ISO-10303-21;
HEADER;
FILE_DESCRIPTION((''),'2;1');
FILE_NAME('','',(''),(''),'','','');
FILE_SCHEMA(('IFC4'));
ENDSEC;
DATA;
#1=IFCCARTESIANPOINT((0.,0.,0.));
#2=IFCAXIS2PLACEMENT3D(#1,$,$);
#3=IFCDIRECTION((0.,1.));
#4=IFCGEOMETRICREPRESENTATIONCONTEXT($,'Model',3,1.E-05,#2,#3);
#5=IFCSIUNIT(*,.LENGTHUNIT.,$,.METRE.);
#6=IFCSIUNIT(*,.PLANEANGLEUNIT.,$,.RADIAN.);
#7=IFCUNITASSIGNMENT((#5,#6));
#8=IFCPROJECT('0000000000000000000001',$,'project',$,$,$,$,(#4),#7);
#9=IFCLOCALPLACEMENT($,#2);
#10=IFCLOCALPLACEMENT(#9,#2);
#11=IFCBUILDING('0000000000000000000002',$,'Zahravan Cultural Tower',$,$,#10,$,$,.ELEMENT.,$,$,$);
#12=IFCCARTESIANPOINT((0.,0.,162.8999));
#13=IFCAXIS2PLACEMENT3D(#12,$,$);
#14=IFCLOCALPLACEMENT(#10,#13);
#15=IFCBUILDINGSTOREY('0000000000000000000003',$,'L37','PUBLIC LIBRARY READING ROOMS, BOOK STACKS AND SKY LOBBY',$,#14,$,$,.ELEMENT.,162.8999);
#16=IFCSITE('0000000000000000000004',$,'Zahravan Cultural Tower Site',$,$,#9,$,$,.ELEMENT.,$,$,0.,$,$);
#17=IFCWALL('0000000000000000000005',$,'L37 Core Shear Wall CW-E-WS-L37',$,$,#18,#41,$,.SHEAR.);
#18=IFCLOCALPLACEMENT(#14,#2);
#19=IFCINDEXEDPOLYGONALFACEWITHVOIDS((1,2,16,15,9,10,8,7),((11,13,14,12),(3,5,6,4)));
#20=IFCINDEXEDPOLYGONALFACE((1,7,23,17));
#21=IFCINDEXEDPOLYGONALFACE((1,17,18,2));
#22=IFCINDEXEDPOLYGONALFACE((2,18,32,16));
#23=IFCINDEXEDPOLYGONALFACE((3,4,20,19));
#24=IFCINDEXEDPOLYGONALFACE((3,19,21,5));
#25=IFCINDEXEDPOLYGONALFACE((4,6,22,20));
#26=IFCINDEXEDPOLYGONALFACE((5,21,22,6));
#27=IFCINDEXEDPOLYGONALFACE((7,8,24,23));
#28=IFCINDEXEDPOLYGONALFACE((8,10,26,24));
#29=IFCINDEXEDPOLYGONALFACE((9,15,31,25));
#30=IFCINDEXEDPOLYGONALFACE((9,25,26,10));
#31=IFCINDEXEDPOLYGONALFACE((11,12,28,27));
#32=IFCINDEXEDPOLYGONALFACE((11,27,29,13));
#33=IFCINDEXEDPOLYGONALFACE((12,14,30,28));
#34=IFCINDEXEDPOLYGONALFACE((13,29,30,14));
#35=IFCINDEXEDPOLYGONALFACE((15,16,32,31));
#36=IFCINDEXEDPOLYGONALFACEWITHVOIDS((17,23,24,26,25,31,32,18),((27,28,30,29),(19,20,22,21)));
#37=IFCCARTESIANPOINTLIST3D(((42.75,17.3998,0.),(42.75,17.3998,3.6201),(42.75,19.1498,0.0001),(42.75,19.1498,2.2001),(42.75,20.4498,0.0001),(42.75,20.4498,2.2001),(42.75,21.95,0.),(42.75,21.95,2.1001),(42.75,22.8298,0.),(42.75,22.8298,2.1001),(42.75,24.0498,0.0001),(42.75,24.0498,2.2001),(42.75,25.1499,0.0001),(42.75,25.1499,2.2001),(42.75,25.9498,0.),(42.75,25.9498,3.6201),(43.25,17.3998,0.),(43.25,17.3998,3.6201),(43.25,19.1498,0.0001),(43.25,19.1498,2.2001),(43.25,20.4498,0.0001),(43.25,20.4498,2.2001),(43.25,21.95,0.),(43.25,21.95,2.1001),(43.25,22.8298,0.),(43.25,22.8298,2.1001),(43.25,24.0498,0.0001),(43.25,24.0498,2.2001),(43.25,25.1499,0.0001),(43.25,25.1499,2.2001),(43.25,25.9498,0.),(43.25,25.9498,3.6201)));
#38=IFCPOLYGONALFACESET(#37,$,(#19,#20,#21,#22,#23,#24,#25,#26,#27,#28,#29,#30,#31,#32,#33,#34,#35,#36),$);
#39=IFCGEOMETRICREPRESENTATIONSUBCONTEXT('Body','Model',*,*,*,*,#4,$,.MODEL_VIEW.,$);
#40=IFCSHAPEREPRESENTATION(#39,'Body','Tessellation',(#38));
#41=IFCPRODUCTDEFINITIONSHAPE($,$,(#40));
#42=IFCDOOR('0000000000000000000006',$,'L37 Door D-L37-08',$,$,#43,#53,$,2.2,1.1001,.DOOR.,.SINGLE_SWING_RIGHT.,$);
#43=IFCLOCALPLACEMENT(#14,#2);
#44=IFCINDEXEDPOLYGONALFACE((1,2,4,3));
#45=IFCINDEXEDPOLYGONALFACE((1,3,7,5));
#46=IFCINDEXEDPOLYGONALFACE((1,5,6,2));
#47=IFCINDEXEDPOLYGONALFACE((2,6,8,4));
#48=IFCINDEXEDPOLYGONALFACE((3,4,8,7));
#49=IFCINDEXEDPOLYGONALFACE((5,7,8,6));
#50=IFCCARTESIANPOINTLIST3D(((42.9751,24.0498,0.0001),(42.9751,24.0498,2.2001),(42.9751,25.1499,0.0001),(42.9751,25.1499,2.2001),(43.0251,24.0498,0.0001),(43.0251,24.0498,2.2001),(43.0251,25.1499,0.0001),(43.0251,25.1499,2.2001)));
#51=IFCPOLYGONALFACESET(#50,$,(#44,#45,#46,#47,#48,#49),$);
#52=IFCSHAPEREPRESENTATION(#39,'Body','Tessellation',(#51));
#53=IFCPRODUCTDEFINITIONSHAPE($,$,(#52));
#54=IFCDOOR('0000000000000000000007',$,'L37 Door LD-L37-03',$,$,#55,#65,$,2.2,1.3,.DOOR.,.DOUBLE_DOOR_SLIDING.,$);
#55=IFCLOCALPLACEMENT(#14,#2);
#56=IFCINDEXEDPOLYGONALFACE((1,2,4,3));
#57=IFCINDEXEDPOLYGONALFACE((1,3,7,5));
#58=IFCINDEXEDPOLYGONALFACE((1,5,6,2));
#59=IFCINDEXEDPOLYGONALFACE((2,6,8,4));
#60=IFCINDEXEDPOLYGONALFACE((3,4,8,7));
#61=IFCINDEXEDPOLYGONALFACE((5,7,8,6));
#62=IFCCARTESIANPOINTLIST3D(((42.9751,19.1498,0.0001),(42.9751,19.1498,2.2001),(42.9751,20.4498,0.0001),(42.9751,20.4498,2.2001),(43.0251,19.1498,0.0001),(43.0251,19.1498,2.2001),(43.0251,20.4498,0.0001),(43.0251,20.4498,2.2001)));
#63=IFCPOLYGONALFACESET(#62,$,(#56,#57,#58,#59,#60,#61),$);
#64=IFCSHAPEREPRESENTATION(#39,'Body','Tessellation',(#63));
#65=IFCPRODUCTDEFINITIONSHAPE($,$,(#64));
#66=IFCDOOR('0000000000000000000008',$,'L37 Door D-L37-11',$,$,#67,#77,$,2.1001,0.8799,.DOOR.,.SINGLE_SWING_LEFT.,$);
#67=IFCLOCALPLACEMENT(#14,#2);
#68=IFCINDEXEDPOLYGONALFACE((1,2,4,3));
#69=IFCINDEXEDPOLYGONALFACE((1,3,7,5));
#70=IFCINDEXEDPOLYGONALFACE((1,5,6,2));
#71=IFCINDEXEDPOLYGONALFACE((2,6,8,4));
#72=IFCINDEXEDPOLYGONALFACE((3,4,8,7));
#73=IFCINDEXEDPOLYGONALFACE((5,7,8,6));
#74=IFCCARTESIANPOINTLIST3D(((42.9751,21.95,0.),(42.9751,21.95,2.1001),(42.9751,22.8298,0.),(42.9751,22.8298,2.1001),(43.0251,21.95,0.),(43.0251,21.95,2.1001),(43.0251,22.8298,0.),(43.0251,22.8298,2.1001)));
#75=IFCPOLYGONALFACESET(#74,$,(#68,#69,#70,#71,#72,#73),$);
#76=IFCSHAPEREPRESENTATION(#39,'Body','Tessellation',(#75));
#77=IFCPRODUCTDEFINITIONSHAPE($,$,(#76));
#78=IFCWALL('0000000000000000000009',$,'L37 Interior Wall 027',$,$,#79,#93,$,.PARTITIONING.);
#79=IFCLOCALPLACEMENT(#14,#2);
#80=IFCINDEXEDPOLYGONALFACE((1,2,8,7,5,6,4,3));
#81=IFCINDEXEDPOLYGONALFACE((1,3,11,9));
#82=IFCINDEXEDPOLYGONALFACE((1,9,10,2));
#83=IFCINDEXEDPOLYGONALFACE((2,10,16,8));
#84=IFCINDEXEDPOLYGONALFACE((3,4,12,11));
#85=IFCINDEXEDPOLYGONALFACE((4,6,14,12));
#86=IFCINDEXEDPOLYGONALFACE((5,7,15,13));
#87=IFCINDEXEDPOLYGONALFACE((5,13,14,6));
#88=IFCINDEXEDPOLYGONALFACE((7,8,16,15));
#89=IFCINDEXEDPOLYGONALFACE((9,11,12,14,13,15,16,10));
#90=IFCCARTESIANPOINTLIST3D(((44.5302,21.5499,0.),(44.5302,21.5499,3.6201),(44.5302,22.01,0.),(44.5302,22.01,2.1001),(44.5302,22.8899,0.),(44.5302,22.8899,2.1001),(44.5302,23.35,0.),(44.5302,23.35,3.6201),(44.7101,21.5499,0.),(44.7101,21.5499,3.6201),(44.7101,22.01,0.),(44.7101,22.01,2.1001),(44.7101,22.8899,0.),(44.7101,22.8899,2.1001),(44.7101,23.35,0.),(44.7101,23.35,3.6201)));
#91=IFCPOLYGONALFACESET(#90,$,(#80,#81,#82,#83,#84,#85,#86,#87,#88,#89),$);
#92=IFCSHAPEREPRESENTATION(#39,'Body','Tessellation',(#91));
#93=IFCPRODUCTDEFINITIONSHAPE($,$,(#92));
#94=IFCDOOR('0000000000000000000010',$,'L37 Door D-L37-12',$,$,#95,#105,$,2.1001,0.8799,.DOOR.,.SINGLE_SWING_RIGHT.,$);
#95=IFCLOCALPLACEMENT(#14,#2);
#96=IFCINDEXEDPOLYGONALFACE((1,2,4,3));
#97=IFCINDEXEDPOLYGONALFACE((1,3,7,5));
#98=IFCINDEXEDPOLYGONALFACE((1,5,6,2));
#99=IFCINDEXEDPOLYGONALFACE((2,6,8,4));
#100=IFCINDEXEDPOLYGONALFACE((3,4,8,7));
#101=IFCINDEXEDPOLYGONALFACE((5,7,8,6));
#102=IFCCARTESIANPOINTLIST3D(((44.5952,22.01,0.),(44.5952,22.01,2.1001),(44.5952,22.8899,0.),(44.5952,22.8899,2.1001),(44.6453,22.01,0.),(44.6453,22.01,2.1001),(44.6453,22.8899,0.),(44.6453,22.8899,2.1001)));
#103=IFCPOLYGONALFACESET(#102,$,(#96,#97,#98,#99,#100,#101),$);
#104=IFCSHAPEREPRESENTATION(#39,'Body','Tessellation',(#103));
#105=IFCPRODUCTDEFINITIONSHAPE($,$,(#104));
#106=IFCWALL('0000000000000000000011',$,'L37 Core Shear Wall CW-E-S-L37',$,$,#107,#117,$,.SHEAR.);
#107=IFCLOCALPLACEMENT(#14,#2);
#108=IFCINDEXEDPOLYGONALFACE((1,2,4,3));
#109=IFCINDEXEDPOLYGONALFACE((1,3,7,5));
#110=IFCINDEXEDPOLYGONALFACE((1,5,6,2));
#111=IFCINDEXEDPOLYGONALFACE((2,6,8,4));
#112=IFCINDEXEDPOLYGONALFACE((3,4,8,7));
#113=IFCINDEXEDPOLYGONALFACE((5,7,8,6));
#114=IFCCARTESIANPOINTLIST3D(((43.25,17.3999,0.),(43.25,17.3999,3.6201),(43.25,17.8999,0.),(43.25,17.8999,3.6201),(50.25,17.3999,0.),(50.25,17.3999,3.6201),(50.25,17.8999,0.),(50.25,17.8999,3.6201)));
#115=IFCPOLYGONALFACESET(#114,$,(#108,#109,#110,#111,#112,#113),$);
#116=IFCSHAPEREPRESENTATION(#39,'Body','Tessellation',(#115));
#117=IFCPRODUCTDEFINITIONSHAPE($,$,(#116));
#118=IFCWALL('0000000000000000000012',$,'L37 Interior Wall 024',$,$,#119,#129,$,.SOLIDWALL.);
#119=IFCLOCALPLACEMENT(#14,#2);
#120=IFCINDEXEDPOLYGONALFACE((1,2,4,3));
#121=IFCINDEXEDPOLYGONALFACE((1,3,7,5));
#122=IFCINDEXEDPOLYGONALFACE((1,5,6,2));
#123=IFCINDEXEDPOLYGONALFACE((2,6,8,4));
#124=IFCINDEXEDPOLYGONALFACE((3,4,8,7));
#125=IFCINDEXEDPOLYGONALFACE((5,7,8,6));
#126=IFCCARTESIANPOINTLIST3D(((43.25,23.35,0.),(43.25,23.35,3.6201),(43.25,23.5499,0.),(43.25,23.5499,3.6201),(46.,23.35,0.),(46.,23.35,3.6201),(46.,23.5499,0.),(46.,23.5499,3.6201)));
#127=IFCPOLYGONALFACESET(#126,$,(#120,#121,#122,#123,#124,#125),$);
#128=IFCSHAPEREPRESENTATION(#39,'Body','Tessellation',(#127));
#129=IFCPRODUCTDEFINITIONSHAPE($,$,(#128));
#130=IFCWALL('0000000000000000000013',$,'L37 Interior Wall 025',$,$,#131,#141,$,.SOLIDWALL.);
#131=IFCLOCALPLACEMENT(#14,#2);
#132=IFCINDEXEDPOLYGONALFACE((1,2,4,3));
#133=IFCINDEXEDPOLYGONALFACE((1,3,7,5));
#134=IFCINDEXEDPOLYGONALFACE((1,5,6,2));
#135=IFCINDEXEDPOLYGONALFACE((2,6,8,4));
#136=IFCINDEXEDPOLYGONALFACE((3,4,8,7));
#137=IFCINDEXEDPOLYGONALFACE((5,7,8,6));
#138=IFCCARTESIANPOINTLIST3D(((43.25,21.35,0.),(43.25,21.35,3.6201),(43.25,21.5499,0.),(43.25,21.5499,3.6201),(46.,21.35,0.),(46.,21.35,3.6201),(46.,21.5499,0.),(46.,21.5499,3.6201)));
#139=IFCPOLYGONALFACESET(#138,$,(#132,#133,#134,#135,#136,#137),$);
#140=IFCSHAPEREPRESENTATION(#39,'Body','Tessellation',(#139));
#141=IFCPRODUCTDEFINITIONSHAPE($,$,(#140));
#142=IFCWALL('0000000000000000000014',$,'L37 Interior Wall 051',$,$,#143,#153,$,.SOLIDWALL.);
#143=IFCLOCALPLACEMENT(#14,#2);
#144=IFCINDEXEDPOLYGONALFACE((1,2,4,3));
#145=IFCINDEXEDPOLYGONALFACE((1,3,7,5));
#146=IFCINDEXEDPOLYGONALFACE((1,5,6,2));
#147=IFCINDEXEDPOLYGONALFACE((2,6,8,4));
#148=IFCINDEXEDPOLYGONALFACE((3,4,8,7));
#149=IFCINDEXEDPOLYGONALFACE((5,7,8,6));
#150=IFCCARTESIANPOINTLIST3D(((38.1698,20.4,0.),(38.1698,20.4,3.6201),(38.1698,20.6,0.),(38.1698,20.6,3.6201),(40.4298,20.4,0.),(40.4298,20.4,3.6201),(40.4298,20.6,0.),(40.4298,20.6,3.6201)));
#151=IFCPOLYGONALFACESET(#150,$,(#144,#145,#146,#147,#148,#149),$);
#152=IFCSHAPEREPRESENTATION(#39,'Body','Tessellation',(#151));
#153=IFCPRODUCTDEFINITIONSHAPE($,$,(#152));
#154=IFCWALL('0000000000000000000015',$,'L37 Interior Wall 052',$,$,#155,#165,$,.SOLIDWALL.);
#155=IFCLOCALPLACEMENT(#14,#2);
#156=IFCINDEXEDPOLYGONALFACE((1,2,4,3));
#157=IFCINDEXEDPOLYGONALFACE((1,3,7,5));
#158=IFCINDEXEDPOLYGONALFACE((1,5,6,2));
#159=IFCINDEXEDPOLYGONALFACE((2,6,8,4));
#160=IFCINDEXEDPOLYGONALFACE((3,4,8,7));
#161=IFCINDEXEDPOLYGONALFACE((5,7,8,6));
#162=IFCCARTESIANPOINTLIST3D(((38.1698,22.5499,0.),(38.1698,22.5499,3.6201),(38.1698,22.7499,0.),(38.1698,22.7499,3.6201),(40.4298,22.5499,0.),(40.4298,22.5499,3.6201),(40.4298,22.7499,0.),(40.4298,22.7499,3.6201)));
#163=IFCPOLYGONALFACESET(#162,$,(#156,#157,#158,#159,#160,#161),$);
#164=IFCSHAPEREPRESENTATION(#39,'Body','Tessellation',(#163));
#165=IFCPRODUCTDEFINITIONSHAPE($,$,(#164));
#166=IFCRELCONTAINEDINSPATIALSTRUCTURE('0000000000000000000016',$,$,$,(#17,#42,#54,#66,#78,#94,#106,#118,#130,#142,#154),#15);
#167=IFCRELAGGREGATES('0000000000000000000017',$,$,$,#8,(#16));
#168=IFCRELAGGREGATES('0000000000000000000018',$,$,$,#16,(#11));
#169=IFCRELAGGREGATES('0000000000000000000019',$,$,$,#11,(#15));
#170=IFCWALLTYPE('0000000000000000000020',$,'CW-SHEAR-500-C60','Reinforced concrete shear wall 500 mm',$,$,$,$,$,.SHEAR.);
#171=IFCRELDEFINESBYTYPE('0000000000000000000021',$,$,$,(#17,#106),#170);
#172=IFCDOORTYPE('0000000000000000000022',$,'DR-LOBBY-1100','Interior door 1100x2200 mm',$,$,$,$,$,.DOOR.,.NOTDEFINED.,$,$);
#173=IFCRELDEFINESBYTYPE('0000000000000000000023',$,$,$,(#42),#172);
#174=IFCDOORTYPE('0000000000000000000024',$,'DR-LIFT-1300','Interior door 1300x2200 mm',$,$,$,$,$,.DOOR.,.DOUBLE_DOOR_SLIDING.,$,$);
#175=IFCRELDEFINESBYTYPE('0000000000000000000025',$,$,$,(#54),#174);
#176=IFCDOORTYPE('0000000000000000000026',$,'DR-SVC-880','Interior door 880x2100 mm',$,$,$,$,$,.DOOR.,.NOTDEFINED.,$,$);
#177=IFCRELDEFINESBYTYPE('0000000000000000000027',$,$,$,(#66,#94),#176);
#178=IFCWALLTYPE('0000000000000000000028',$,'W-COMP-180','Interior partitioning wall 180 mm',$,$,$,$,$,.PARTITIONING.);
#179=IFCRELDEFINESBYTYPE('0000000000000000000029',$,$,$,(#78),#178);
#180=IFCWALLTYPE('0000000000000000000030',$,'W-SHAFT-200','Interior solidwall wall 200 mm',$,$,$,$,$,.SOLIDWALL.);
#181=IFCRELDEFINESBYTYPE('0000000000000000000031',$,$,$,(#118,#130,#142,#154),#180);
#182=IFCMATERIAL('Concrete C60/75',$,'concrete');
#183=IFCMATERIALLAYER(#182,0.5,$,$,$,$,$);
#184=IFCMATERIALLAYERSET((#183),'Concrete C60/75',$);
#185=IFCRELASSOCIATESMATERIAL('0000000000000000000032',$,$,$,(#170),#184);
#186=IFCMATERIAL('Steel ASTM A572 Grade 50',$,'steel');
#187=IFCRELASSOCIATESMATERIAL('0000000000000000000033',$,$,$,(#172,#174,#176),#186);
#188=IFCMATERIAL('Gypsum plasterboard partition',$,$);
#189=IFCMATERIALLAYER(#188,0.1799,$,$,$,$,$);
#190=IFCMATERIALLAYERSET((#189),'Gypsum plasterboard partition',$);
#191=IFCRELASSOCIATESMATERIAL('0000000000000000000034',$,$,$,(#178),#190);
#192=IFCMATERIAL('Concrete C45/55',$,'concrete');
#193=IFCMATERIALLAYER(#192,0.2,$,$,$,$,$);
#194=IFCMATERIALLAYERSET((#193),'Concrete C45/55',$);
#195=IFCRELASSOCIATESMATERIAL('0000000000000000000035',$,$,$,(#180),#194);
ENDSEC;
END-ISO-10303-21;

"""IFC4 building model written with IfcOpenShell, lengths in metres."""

from ifc_helpers import new_model, si_unit, direction, frame, frame_2d, origin, place, context, subcontext, project, spatial, rectangle, extrude, source, transform, mapped, material, layer, layer_set, type_object, element, fill, save


model = new_model("IFC4")

# Units and contexts
model_context = context("Model", 3, precision=1e-05, world=origin(), true_north=direction((0.0, 1.0)))
body_context = subcontext(model_context, "Body", "Model", "MODEL_VIEW")
ifc_project = project(units=[si_unit("LENGTHUNIT", "METRE"), si_unit("PLANEANGLEUNIT", "RADIAN")], contexts=[model_context])

# Site, building, storey
site_placement = place(None, origin())
site = spatial("IfcSite", under=ifc_project, at=site_placement, Name="Zahravan Cultural Tower Site", CompositionType="ELEMENT", RefElevation=0.0)
building_placement = place(site_placement, origin())
building = spatial("IfcBuilding", under=site, at=building_placement, Name="Zahravan Cultural Tower", CompositionType="ELEMENT")
storey_placement = place(building_placement, frame((0.0, 0.0, 162.8999)))
storey = spatial("IfcBuildingStorey", under=building, at=storey_placement, Name="L37", Description="PUBLIC LIBRARY READING ROOMS, BOOK STACKS AND SKY LOBBY", CompositionType="ELEMENT", Elevation=162.8999)

# Wall, openings, doors
ifc_material_1 = material(Name="Concrete C60/75", Category="concrete")
ifc_layer_1 = layer(ifc_material_1, 0.5)
ifc_layer_set_1 = layer_set([ifc_layer_1], Name="Concrete C60/75")
wall_type_1 = type_object("IfcWallType", Name="CW-SHEAR-500-C60", Description="Reinforced concrete shear wall 500 mm", PredefinedType="SHEAR", material=ifc_layer_set_1)
wall_1_placement = place(storey_placement, frame((43.0, 17.3999, 0.0), z_axis=(0.0, 0.0, 1.0), x_axis=(0.0, 1.0, 0.0)))
wall_1 = element("IfcWall", 1, at=wall_1_placement, inside=storey, type_object=wall_type_1, Name="L37 Core Shear Wall CW-E-WS-L37", PredefinedType="SHEAR", context=body_context, shape_type="SweptSolid", body=[
    extrude(rectangle(XDim=8.55, YDim=0.5, at=frame_2d((4.2749, 0.0))), origin(), (0.0, 0.0, 1.0), 3.6201),
])
opening_1_placement = place(wall_1_placement, frame((6.6499, 0.0, 0.0)))
opening_1 = element("IfcOpeningElement", 2, at=opening_1_placement, cuts=wall_1, PredefinedType="OPENING", context=body_context, shape_type="SweptSolid", body=[
    extrude(rectangle(XDim=1.1001, YDim=2.2, at=frame_2d((0.55, 1.1001))), frame((0.0, 0.26, 0.0), z_axis=(0.0, -1.0, 0.0), x_axis=(1.0, 0.0, 0.0)), (0.0, 0.0, 1.0), 0.52),
])
opening_2_placement = place(wall_1_placement, frame((1.75, 0.0, 0.0)))
opening_2 = element("IfcOpeningElement", 3, at=opening_2_placement, cuts=wall_1, PredefinedType="OPENING", context=body_context, shape_type="SweptSolid", body=[
    extrude(rectangle(XDim=1.3, YDim=2.2, at=frame_2d((0.6499, 1.1001))), frame((0.0, 0.26, 0.0), z_axis=(0.0, -1.0, 0.0), x_axis=(1.0, 0.0, 0.0)), (0.0, 0.0, 1.0), 0.52),
])
opening_3_placement = place(wall_1_placement, frame((4.55, 0.0, 0.0)))
opening_3 = element("IfcOpeningElement", 4, at=opening_3_placement, cuts=wall_1, PredefinedType="OPENING", context=body_context, shape_type="SweptSolid", body=[
    extrude(rectangle(XDim=0.8799, YDim=2.1001, at=frame_2d((0.4399, 1.05))), frame((0.0, 0.26, 0.0), z_axis=(0.0, -1.0, 0.0), x_axis=(1.0, 0.0, 0.0)), (0.0, 0.0, 1.0), 0.52),
])
ifc_material_2 = material(Name="Steel ASTM A572 Grade 50", Category="steel")
door_type_1 = type_object("IfcDoorType", Name="DR-LOBBY-1100", Description="Interior door 1100x2200 mm", OperationType="NOTDEFINED", PredefinedType="DOOR", material=ifc_material_2)
shared_shape_1 = source(origin(), body_context, "Body", "SweptSolid", [
    extrude(rectangle(XDim=1.1001, YDim=2.2, at=frame_2d((0.55, 1.1001))), frame((0.0, 0.0249, 0.0), z_axis=(0.0, -1.0, 0.0), x_axis=(1.0, 0.0, 0.0)), (0.0, 0.0, 1.0), 0.05),
])
door_1_placement = place(opening_1_placement, origin())
door_1 = element("IfcDoor", 5, at=door_1_placement, inside=storey, type_object=door_type_1, Name="L37 Door D-L37-08", OperationType="SINGLE_SWING_RIGHT", OverallHeight=2.2, OverallWidth=1.1001, PredefinedType="DOOR", context=body_context, shape_type="MappedRepresentation", body=[
    mapped(shared_shape_1, transform((0.0, 0.0, 0.0), x_axis=(1.0, 0.0, 0.0), y_axis=(0.0, 1.0, 0.0), z_axis=(0.0, 0.0, 1.0), scale=1.0)),
])
fill(opening_1, door_1)
door_type_2 = type_object("IfcDoorType", Name="DR-LIFT-1300", Description="Interior door 1300x2200 mm", OperationType="DOUBLE_DOOR_SLIDING", PredefinedType="DOOR", material=ifc_material_2)
shared_shape_2 = source(origin(), body_context, "Body", "SweptSolid", [
    extrude(rectangle(XDim=1.3, YDim=2.2, at=frame_2d((0.6499, 1.1001))), frame((0.0, 0.0249, 0.0), z_axis=(0.0, -1.0, 0.0), x_axis=(1.0, 0.0, 0.0)), (0.0, 0.0, 1.0), 0.05),
])
door_2_placement = place(opening_2_placement, origin())
door_2 = element("IfcDoor", 6, at=door_2_placement, inside=storey, type_object=door_type_2, Name="L37 Door LD-L37-03", OperationType="DOUBLE_DOOR_SLIDING", OverallHeight=2.2, OverallWidth=1.3, PredefinedType="DOOR", context=body_context, shape_type="MappedRepresentation", body=[
    mapped(shared_shape_2, transform((0.0, 0.0, 0.0), x_axis=(1.0, 0.0, 0.0), y_axis=(0.0, 1.0, 0.0), z_axis=(0.0, 0.0, 1.0), scale=1.0)),
])
fill(opening_2, door_2)
door_type_3 = type_object("IfcDoorType", Name="DR-SVC-880", Description="Interior door 880x2100 mm", OperationType="NOTDEFINED", PredefinedType="DOOR", material=ifc_material_2)
shared_shape_3 = source(origin(), body_context, "Body", "SweptSolid", [
    extrude(rectangle(XDim=0.8799, YDim=2.1001, at=frame_2d((0.4399, 1.05))), frame((0.0, 0.0249, 0.0), z_axis=(0.0, -1.0, 0.0), x_axis=(1.0, 0.0, 0.0)), (0.0, 0.0, 1.0), 0.05),
])
door_3_placement = place(opening_3_placement, origin())
door_3 = element("IfcDoor", 7, at=door_3_placement, inside=storey, type_object=door_type_3, Name="L37 Door D-L37-11", OperationType="SINGLE_SWING_LEFT", OverallHeight=2.1001, OverallWidth=0.8799, PredefinedType="DOOR", context=body_context, shape_type="MappedRepresentation", body=[
    mapped(shared_shape_3, transform((0.0, 0.0, 0.0), x_axis=(1.0, 0.0, 0.0), y_axis=(0.0, 1.0, 0.0), z_axis=(0.0, 0.0, 1.0), scale=1.0)),
])
fill(opening_3, door_3)

# Wall, opening, door
ifc_material_3 = material(Name="Gypsum plasterboard partition")
ifc_layer_2 = layer(ifc_material_3, 0.1799)
ifc_layer_set_2 = layer_set([ifc_layer_2], Name="Gypsum plasterboard partition")
wall_type_2 = type_object("IfcWallType", Name="W-COMP-180", Description="Interior partitioning wall 180 mm", PredefinedType="PARTITIONING", material=ifc_layer_set_2)
wall_2_placement = place(storey_placement, frame((44.6201, 21.55, 0.0), z_axis=(0.0, 0.0, 1.0), x_axis=(0.0, 1.0, 0.0)))
wall_2 = element("IfcWall", 8, at=wall_2_placement, inside=storey, type_object=wall_type_2, Name="L37 Interior Wall 027", PredefinedType="PARTITIONING", context=body_context, shape_type="SweptSolid", body=[
    extrude(rectangle(XDim=1.8, YDim=0.1799, at=frame_2d((0.8999, 0.0))), origin(), (0.0, 0.0, 1.0), 3.6201),
])
opening_4_placement = place(wall_2_placement, frame((0.46, 0.0, 0.0)))
opening_4 = element("IfcOpeningElement", 9, at=opening_4_placement, cuts=wall_2, PredefinedType="OPENING", context=body_context, shape_type="SweptSolid", body=[
    extrude(rectangle(XDim=0.8799, YDim=2.1001, at=frame_2d((0.4399, 1.05))), frame((0.0, 0.0999, 0.0), z_axis=(0.0, -1.0, 0.0), x_axis=(1.0, 0.0, 0.0)), (0.0, 0.0, 1.0), 0.2),
])
door_4_placement = place(opening_4_placement, origin())
door_4 = element("IfcDoor", 10, at=door_4_placement, inside=storey, type_object=door_type_3, Name="L37 Door D-L37-12", OperationType="SINGLE_SWING_RIGHT", OverallHeight=2.1001, OverallWidth=0.8799, PredefinedType="DOOR", context=body_context, shape_type="MappedRepresentation", body=[
    mapped(shared_shape_3, transform((0.0, 0.0, 0.0), x_axis=(1.0, 0.0, 0.0), y_axis=(0.0, 1.0, 0.0), z_axis=(0.0, 0.0, 1.0), scale=1.0)),
])
fill(opening_4, door_4)
ifc_material_4 = material(Name="Concrete C45/55", Category="concrete")
ifc_layer_3 = layer(ifc_material_4, 0.2)
ifc_layer_set_3 = layer_set([ifc_layer_3], Name="Concrete C45/55")
wall_type_3 = type_object("IfcWallType", Name="W-SHAFT-200", Description="Interior solidwall wall 200 mm", PredefinedType="SOLIDWALL", material=ifc_layer_set_3)

# Walls
shared_shape_4 = source(origin(), body_context, "Body", "SweptSolid", [
    extrude(rectangle(XDim=7.0, YDim=0.5, at=frame_2d((3.5, 0.0))), origin(), (0.0, 0.0, 1.0), 3.6201),
])
wall_3_placement = place(storey_placement, frame((43.25, 17.6499, 0.0), z_axis=(0.0, 0.0, 1.0), x_axis=(1.0, 0.0, 0.0)))
element("IfcWall", 11, at=wall_3_placement, inside=storey, type_object=wall_type_1, Name="L37 Core Shear Wall CW-E-S-L37", PredefinedType="SHEAR", context=body_context, shape_type="MappedRepresentation", body=[
    mapped(shared_shape_4, transform((0.0, 0.0, 0.0), x_axis=(1.0, 0.0, 0.0), y_axis=(0.0, 1.0, 0.0), z_axis=(0.0, 0.0, 1.0), scale=1.0)),
])
shared_shape_5 = source(origin(), body_context, "Body", "SweptSolid", [
    extrude(rectangle(XDim=2.75, YDim=0.2, at=frame_2d((1.375, 0.0))), origin(), (0.0, 0.0, 1.0), 3.6201),
])
for number, where, z_axis, x_axis, name in (
    (12, (43.25, 23.45, 0.0), (0.0, 0.0, 1.0), (1.0, 0.0, 0.0), "L37 Interior Wall 024"),
    (13, (43.25, 21.45, 0.0), (0.0, 0.0, 1.0), (1.0, 0.0, 0.0), "L37 Interior Wall 025"),
):
    element("IfcWall", number, at=place(storey_placement, frame(where, z_axis=z_axis, x_axis=x_axis)), inside=storey, type_object=wall_type_3, Name=name, PredefinedType="SOLIDWALL", context=body_context, shape_type="MappedRepresentation", body=[
        mapped(shared_shape_5, transform((0.0, 0.0, 0.0), x_axis=(1.0, 0.0, 0.0), y_axis=(0.0, 1.0, 0.0), z_axis=(0.0, 0.0, 1.0), scale=1.0)),
    ])
shared_shape_6 = source(origin(), body_context, "Body", "SweptSolid", [
    extrude(rectangle(XDim=2.26, YDim=0.2, at=frame_2d((1.1299, 0.0))), origin(), (0.0, 0.0, 1.0), 3.6201),
])
for number, where, z_axis, x_axis, name in (
    (14, (38.1699, 20.5, 0.0), (0.0, 0.0, 1.0), (1.0, 0.0, 0.0), "L37 Interior Wall 051"),
    (15, (38.1699, 22.6499, 0.0), (0.0, 0.0, 1.0), (1.0, 0.0, 0.0), "L37 Interior Wall 052"),
):
    element("IfcWall", number, at=place(storey_placement, frame(where, z_axis=z_axis, x_axis=x_axis)), inside=storey, type_object=wall_type_3, Name=name, PredefinedType="SOLIDWALL", context=body_context, shape_type="MappedRepresentation", body=[
        mapped(shared_shape_6, transform((0.0, 0.0, 0.0), x_axis=(1.0, 0.0, 0.0), y_axis=(0.0, 1.0, 0.0), z_axis=(0.0, 0.0, 1.0), scale=1.0)),
    ])

save(model, "model.ifc")
